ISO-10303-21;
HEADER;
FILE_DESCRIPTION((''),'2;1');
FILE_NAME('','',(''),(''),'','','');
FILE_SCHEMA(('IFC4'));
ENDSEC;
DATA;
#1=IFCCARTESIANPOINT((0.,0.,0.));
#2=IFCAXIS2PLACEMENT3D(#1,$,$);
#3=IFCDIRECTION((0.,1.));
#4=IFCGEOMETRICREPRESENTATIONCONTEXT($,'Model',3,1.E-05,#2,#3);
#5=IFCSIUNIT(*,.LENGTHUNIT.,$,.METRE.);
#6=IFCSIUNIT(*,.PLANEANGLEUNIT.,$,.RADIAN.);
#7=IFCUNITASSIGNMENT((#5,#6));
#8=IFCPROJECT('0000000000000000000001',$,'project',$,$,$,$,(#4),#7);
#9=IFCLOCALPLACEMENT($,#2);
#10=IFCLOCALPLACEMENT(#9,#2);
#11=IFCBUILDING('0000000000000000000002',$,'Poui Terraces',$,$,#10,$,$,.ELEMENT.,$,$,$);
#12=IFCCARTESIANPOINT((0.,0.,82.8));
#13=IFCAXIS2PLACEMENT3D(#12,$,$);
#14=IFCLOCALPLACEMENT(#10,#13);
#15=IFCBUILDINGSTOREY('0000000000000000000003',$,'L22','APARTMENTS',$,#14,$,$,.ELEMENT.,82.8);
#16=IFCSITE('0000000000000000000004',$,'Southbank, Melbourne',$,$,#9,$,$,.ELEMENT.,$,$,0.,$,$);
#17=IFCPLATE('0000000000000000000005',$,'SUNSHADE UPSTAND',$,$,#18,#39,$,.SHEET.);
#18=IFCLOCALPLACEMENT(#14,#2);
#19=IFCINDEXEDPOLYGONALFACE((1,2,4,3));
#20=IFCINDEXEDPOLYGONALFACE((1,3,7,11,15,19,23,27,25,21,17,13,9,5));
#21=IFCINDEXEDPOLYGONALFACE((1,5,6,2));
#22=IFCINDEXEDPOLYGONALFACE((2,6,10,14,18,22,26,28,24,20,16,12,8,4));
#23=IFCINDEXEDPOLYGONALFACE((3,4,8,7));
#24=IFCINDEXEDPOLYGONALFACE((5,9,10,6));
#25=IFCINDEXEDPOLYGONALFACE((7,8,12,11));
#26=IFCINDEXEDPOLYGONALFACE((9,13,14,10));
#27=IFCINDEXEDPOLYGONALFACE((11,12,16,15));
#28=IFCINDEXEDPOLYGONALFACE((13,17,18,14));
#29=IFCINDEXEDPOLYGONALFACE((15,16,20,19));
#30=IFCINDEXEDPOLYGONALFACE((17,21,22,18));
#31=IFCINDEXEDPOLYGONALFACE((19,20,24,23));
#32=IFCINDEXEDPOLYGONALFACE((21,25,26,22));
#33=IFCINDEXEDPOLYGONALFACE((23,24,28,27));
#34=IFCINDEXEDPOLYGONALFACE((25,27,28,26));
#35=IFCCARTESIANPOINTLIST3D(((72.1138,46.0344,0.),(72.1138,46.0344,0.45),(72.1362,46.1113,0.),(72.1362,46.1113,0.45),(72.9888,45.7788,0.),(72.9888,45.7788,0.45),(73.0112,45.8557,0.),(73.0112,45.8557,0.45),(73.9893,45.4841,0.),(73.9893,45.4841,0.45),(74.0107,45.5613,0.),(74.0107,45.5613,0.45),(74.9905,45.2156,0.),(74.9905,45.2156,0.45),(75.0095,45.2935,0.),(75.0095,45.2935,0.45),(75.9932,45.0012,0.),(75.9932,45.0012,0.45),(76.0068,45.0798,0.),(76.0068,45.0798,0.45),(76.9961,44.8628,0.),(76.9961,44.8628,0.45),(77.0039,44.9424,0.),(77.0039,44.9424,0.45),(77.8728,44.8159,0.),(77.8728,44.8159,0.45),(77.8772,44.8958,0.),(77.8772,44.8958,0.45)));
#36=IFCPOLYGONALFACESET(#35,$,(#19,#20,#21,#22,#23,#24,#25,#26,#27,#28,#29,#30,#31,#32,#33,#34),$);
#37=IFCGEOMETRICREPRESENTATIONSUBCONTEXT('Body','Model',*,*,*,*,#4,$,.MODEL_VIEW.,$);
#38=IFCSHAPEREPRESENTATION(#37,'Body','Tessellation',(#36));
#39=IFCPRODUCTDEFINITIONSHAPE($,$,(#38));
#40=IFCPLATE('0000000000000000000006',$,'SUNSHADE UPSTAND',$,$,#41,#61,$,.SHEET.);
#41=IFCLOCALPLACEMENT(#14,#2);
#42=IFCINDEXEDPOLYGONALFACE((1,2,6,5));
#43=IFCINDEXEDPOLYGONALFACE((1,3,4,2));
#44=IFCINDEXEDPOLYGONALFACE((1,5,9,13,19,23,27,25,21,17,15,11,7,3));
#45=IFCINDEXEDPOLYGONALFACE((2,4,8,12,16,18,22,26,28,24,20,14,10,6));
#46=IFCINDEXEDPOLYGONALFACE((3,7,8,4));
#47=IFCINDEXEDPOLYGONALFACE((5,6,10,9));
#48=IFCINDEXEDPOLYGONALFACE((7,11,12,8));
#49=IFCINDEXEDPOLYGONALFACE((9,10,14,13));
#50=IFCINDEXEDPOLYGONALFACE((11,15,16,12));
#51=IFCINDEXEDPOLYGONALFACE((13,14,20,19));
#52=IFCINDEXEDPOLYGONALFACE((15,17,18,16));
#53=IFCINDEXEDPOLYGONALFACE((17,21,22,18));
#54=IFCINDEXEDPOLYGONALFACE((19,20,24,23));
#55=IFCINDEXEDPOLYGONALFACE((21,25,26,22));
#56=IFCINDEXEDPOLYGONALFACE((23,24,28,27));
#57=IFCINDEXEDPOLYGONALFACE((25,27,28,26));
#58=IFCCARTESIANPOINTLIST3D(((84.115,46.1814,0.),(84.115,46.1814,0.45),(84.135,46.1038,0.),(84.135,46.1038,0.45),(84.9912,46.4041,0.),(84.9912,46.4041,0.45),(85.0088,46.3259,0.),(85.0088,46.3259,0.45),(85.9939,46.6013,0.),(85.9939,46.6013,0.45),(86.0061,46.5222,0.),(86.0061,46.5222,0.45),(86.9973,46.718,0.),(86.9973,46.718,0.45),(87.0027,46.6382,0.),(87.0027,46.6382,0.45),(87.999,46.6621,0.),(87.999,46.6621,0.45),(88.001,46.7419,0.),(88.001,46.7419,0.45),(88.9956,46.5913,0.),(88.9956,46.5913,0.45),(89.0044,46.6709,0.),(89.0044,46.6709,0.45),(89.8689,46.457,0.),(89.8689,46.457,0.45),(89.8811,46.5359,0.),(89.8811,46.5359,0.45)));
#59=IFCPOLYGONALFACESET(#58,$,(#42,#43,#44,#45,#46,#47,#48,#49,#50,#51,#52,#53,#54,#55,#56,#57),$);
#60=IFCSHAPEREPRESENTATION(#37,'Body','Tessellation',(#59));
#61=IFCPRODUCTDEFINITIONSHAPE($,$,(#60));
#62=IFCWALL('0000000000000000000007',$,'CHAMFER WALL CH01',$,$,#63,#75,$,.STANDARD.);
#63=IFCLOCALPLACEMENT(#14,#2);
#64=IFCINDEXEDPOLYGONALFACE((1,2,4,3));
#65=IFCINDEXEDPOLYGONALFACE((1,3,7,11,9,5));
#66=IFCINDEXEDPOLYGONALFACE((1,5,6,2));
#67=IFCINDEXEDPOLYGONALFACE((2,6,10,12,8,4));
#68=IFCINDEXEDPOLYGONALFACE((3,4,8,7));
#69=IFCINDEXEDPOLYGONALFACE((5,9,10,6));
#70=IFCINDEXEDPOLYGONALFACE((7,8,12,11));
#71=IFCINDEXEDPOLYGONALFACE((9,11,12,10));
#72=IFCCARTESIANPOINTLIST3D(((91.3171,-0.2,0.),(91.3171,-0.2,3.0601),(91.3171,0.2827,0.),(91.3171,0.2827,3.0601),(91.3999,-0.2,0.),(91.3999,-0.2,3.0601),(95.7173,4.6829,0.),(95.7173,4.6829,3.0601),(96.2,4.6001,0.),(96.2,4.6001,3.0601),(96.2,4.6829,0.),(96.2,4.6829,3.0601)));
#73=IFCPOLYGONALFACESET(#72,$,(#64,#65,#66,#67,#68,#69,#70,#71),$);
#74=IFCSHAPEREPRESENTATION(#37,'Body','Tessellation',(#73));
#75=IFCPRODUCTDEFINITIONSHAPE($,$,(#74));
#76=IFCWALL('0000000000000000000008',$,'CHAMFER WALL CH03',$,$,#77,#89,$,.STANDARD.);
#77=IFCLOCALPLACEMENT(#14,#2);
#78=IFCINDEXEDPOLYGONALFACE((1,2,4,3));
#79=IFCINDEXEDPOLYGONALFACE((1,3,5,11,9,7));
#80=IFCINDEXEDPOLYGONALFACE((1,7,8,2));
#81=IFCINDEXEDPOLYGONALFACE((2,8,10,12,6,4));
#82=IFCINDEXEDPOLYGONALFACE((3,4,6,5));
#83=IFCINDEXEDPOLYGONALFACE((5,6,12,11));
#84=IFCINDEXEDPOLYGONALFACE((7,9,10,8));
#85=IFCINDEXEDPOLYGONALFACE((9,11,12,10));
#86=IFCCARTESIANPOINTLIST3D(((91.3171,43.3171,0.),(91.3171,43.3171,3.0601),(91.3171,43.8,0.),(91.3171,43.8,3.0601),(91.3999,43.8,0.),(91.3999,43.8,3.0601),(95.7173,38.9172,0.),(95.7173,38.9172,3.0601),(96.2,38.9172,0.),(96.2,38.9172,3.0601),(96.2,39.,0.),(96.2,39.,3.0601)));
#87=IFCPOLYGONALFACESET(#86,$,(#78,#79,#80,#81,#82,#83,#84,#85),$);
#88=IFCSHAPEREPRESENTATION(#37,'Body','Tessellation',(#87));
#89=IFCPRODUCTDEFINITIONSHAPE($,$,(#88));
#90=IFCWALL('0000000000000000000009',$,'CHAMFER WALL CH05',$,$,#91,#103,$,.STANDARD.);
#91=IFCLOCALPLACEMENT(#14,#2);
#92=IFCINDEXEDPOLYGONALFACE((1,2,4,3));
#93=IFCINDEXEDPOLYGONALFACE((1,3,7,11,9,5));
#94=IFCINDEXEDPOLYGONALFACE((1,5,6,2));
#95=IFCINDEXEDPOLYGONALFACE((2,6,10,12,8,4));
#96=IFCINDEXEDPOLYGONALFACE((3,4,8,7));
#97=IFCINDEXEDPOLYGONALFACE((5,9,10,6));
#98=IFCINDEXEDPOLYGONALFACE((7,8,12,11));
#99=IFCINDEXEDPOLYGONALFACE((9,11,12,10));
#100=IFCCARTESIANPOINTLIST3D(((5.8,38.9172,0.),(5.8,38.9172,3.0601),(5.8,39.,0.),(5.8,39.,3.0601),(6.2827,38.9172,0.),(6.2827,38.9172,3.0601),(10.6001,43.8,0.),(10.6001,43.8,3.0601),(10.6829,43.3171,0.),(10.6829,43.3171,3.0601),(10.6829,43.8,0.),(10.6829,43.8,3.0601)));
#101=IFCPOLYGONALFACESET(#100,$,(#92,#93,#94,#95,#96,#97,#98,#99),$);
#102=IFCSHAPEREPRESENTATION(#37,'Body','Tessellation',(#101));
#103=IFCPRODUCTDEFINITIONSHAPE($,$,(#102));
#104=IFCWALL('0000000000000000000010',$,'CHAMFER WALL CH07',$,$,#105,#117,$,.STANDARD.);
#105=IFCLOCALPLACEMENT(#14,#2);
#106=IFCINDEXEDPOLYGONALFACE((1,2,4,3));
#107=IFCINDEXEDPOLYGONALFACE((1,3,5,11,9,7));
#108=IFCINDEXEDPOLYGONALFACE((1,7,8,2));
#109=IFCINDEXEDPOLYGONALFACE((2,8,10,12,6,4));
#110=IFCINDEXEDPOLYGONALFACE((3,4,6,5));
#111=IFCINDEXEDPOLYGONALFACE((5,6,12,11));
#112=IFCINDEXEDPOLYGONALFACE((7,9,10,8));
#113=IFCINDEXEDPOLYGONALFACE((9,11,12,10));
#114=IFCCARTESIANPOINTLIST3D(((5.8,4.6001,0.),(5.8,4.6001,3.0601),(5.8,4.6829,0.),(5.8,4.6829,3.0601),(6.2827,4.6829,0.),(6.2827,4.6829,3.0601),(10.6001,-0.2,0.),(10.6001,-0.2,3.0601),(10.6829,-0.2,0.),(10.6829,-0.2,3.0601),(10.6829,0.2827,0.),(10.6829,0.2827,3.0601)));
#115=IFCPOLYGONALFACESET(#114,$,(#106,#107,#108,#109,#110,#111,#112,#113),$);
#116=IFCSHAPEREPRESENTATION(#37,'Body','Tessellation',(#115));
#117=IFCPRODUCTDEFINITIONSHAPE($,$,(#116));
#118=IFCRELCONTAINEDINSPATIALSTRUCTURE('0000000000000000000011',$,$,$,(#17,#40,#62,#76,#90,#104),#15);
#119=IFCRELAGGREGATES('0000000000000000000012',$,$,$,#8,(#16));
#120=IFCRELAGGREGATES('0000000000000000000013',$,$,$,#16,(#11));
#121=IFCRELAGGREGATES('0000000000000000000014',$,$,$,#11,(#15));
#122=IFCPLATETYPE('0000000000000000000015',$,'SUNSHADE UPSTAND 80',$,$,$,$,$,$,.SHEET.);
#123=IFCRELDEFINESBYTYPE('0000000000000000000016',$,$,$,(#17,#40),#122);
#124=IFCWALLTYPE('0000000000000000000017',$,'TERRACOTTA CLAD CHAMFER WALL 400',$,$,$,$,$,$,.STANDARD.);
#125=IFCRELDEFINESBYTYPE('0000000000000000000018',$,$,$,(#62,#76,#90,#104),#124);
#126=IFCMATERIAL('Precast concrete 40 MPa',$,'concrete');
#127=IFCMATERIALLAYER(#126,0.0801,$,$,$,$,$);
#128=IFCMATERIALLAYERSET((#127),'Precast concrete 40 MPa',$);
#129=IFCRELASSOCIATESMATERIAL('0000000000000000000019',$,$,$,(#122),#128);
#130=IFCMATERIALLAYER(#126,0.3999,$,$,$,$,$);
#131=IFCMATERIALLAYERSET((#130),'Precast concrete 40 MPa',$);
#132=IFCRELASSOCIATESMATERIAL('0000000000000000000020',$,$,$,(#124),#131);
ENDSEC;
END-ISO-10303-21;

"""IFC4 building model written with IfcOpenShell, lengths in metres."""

from ifc_helpers import new_model, si_unit, direction, frame, origin, place, context, subcontext, project, spatial, polyline, outline, extrude, material, layer, layer_set, type_object, element, save


model = new_model("IFC4")

# Units and contexts
model_context = context("Model", 3, precision=1e-05, world=origin(), true_north=direction((0.0, 1.0)))
body_context = subcontext(model_context, "Body", "Model", "MODEL_VIEW")
ifc_project = project(units=[si_unit("LENGTHUNIT", "METRE"), si_unit("PLANEANGLEUNIT", "RADIAN")], contexts=[model_context])

# Site, building, storey
site_placement = place(None, origin())
site = spatial("IfcSite", under=ifc_project, at=site_placement, Name="Southbank, Melbourne", CompositionType="ELEMENT", RefElevation=0.0)
building_placement = place(site_placement, origin())
building = spatial("IfcBuilding", under=site, at=building_placement, Name="Poui Terraces", CompositionType="ELEMENT")
storey_placement = place(building_placement, frame((0.0, 0.0, 82.8)))
storey = spatial("IfcBuildingStorey", under=building, at=storey_placement, Name="L22", Description="APARTMENTS", CompositionType="ELEMENT", Elevation=82.8)

# Shared definitions
ifc_material_1 = material(Name="Precast concrete 40 MPa", Category="concrete")

# Plates
ifc_layer_1 = layer(ifc_material_1, 0.0801)
ifc_layer_set_1 = layer_set([ifc_layer_1], Name="Precast concrete 40 MPa")
plate_type = type_object("IfcPlateType", Name="SUNSHADE UPSTAND 80", PredefinedType="SHEET", material=ifc_layer_set_1)
plate_1_placement = place(storey_placement, origin())
element("IfcPlate", 1, at=plate_1_placement, inside=storey, type_object=plate_type, Name="SUNSHADE UPSTAND", PredefinedType="SHEET", context=body_context, shape_type="SweptSolid", body=[
    extrude(outline(polyline([(73.0112, 45.8557), (72.1362, 46.1113), (72.1138, 46.0344), (72.9888, 45.7788), (73.9893, 45.4841), (74.9905, 45.2156), (75.9932, 45.0012), (76.9961, 44.8628), (77.8728, 44.8159), (77.8772, 44.8958), (77.0039, 44.9424), (76.0068, 45.0798), (75.0095, 45.2935), (74.0107, 45.5613), (73.0112, 45.8557)])), origin(), (0.0, 0.0, 1.0), 0.45),
])
plate_2_placement = place(storey_placement, origin())
element("IfcPlate", 2, at=plate_2_placement, inside=storey, type_object=plate_type, Name="SUNSHADE UPSTAND", PredefinedType="SHEET", context=body_context, shape_type="SweptSolid", body=[
    extrude(outline(polyline([(84.9912, 46.4041), (84.115, 46.1814), (84.135, 46.1038), (85.0088, 46.3259), (86.0061, 46.5222), (87.0027, 46.6382), (87.999, 46.6621), (88.9956, 46.5913), (89.8689, 46.457), (89.8811, 46.5359), (89.0044, 46.6709), (88.001, 46.7419), (86.9973, 46.718), (85.9939, 46.6013), (84.9912, 46.4041)])), origin(), (0.0, 0.0, 1.0), 0.45),
])

# Walls
ifc_layer_2 = layer(ifc_material_1, 0.3999)
ifc_layer_set_2 = layer_set([ifc_layer_2], Name="Precast concrete 40 MPa")
wall_type = type_object("IfcWallType", Name="TERRACOTTA CLAD CHAMFER WALL 400", PredefinedType="STANDARD", material=ifc_layer_set_2)
wall_1_placement = place(storey_placement, origin())
element("IfcWall", 3, at=wall_1_placement, inside=storey, type_object=wall_type, Name="CHAMFER WALL CH01", PredefinedType="STANDARD", context=body_context, shape_type="SweptSolid", body=[
    extrude(outline(polyline([(91.3171, -0.2), (91.3999, -0.2), (96.2, 4.6001), (96.2, 4.6829), (95.7173, 4.6829), (91.3171, 0.2827), (91.3171, -0.2)])), origin(), (0.0, 0.0, 1.0), 3.0601),
])
wall_2_placement = place(storey_placement, origin())
element("IfcWall", 4, at=wall_2_placement, inside=storey, type_object=wall_type, Name="CHAMFER WALL CH03", PredefinedType="STANDARD", context=body_context, shape_type="SweptSolid", body=[
    extrude(outline(polyline([(96.2, 38.9172), (96.2, 39.0), (91.3999, 43.8), (91.3171, 43.8), (91.3171, 43.3171), (95.7173, 38.9172), (96.2, 38.9172)])), origin(), (0.0, 0.0, 1.0), 3.0601),
])
wall_3_placement = place(storey_placement, origin())
element("IfcWall", 5, at=wall_3_placement, inside=storey, type_object=wall_type, Name="CHAMFER WALL CH05", PredefinedType="STANDARD", context=body_context, shape_type="SweptSolid", body=[
    extrude(outline(polyline([(10.6829, 43.8), (10.6001, 43.8), (5.8, 39.0), (5.8, 38.9172), (6.2827, 38.9172), (10.6829, 43.3171), (10.6829, 43.8)])), origin(), (0.0, 0.0, 1.0), 3.0601),
])
wall_4_placement = place(storey_placement, origin())
element("IfcWall", 6, at=wall_4_placement, inside=storey, type_object=wall_type, Name="CHAMFER WALL CH07", PredefinedType="STANDARD", context=body_context, shape_type="SweptSolid", body=[
    extrude(outline(polyline([(5.8, 4.6829), (5.8, 4.6001), (10.6001, -0.2), (10.6829, -0.2), (10.6829, 0.2827), (6.2827, 4.6829), (5.8, 4.6829)])), origin(), (0.0, 0.0, 1.0), 3.0601),
])

save(model, "model.ifc")
